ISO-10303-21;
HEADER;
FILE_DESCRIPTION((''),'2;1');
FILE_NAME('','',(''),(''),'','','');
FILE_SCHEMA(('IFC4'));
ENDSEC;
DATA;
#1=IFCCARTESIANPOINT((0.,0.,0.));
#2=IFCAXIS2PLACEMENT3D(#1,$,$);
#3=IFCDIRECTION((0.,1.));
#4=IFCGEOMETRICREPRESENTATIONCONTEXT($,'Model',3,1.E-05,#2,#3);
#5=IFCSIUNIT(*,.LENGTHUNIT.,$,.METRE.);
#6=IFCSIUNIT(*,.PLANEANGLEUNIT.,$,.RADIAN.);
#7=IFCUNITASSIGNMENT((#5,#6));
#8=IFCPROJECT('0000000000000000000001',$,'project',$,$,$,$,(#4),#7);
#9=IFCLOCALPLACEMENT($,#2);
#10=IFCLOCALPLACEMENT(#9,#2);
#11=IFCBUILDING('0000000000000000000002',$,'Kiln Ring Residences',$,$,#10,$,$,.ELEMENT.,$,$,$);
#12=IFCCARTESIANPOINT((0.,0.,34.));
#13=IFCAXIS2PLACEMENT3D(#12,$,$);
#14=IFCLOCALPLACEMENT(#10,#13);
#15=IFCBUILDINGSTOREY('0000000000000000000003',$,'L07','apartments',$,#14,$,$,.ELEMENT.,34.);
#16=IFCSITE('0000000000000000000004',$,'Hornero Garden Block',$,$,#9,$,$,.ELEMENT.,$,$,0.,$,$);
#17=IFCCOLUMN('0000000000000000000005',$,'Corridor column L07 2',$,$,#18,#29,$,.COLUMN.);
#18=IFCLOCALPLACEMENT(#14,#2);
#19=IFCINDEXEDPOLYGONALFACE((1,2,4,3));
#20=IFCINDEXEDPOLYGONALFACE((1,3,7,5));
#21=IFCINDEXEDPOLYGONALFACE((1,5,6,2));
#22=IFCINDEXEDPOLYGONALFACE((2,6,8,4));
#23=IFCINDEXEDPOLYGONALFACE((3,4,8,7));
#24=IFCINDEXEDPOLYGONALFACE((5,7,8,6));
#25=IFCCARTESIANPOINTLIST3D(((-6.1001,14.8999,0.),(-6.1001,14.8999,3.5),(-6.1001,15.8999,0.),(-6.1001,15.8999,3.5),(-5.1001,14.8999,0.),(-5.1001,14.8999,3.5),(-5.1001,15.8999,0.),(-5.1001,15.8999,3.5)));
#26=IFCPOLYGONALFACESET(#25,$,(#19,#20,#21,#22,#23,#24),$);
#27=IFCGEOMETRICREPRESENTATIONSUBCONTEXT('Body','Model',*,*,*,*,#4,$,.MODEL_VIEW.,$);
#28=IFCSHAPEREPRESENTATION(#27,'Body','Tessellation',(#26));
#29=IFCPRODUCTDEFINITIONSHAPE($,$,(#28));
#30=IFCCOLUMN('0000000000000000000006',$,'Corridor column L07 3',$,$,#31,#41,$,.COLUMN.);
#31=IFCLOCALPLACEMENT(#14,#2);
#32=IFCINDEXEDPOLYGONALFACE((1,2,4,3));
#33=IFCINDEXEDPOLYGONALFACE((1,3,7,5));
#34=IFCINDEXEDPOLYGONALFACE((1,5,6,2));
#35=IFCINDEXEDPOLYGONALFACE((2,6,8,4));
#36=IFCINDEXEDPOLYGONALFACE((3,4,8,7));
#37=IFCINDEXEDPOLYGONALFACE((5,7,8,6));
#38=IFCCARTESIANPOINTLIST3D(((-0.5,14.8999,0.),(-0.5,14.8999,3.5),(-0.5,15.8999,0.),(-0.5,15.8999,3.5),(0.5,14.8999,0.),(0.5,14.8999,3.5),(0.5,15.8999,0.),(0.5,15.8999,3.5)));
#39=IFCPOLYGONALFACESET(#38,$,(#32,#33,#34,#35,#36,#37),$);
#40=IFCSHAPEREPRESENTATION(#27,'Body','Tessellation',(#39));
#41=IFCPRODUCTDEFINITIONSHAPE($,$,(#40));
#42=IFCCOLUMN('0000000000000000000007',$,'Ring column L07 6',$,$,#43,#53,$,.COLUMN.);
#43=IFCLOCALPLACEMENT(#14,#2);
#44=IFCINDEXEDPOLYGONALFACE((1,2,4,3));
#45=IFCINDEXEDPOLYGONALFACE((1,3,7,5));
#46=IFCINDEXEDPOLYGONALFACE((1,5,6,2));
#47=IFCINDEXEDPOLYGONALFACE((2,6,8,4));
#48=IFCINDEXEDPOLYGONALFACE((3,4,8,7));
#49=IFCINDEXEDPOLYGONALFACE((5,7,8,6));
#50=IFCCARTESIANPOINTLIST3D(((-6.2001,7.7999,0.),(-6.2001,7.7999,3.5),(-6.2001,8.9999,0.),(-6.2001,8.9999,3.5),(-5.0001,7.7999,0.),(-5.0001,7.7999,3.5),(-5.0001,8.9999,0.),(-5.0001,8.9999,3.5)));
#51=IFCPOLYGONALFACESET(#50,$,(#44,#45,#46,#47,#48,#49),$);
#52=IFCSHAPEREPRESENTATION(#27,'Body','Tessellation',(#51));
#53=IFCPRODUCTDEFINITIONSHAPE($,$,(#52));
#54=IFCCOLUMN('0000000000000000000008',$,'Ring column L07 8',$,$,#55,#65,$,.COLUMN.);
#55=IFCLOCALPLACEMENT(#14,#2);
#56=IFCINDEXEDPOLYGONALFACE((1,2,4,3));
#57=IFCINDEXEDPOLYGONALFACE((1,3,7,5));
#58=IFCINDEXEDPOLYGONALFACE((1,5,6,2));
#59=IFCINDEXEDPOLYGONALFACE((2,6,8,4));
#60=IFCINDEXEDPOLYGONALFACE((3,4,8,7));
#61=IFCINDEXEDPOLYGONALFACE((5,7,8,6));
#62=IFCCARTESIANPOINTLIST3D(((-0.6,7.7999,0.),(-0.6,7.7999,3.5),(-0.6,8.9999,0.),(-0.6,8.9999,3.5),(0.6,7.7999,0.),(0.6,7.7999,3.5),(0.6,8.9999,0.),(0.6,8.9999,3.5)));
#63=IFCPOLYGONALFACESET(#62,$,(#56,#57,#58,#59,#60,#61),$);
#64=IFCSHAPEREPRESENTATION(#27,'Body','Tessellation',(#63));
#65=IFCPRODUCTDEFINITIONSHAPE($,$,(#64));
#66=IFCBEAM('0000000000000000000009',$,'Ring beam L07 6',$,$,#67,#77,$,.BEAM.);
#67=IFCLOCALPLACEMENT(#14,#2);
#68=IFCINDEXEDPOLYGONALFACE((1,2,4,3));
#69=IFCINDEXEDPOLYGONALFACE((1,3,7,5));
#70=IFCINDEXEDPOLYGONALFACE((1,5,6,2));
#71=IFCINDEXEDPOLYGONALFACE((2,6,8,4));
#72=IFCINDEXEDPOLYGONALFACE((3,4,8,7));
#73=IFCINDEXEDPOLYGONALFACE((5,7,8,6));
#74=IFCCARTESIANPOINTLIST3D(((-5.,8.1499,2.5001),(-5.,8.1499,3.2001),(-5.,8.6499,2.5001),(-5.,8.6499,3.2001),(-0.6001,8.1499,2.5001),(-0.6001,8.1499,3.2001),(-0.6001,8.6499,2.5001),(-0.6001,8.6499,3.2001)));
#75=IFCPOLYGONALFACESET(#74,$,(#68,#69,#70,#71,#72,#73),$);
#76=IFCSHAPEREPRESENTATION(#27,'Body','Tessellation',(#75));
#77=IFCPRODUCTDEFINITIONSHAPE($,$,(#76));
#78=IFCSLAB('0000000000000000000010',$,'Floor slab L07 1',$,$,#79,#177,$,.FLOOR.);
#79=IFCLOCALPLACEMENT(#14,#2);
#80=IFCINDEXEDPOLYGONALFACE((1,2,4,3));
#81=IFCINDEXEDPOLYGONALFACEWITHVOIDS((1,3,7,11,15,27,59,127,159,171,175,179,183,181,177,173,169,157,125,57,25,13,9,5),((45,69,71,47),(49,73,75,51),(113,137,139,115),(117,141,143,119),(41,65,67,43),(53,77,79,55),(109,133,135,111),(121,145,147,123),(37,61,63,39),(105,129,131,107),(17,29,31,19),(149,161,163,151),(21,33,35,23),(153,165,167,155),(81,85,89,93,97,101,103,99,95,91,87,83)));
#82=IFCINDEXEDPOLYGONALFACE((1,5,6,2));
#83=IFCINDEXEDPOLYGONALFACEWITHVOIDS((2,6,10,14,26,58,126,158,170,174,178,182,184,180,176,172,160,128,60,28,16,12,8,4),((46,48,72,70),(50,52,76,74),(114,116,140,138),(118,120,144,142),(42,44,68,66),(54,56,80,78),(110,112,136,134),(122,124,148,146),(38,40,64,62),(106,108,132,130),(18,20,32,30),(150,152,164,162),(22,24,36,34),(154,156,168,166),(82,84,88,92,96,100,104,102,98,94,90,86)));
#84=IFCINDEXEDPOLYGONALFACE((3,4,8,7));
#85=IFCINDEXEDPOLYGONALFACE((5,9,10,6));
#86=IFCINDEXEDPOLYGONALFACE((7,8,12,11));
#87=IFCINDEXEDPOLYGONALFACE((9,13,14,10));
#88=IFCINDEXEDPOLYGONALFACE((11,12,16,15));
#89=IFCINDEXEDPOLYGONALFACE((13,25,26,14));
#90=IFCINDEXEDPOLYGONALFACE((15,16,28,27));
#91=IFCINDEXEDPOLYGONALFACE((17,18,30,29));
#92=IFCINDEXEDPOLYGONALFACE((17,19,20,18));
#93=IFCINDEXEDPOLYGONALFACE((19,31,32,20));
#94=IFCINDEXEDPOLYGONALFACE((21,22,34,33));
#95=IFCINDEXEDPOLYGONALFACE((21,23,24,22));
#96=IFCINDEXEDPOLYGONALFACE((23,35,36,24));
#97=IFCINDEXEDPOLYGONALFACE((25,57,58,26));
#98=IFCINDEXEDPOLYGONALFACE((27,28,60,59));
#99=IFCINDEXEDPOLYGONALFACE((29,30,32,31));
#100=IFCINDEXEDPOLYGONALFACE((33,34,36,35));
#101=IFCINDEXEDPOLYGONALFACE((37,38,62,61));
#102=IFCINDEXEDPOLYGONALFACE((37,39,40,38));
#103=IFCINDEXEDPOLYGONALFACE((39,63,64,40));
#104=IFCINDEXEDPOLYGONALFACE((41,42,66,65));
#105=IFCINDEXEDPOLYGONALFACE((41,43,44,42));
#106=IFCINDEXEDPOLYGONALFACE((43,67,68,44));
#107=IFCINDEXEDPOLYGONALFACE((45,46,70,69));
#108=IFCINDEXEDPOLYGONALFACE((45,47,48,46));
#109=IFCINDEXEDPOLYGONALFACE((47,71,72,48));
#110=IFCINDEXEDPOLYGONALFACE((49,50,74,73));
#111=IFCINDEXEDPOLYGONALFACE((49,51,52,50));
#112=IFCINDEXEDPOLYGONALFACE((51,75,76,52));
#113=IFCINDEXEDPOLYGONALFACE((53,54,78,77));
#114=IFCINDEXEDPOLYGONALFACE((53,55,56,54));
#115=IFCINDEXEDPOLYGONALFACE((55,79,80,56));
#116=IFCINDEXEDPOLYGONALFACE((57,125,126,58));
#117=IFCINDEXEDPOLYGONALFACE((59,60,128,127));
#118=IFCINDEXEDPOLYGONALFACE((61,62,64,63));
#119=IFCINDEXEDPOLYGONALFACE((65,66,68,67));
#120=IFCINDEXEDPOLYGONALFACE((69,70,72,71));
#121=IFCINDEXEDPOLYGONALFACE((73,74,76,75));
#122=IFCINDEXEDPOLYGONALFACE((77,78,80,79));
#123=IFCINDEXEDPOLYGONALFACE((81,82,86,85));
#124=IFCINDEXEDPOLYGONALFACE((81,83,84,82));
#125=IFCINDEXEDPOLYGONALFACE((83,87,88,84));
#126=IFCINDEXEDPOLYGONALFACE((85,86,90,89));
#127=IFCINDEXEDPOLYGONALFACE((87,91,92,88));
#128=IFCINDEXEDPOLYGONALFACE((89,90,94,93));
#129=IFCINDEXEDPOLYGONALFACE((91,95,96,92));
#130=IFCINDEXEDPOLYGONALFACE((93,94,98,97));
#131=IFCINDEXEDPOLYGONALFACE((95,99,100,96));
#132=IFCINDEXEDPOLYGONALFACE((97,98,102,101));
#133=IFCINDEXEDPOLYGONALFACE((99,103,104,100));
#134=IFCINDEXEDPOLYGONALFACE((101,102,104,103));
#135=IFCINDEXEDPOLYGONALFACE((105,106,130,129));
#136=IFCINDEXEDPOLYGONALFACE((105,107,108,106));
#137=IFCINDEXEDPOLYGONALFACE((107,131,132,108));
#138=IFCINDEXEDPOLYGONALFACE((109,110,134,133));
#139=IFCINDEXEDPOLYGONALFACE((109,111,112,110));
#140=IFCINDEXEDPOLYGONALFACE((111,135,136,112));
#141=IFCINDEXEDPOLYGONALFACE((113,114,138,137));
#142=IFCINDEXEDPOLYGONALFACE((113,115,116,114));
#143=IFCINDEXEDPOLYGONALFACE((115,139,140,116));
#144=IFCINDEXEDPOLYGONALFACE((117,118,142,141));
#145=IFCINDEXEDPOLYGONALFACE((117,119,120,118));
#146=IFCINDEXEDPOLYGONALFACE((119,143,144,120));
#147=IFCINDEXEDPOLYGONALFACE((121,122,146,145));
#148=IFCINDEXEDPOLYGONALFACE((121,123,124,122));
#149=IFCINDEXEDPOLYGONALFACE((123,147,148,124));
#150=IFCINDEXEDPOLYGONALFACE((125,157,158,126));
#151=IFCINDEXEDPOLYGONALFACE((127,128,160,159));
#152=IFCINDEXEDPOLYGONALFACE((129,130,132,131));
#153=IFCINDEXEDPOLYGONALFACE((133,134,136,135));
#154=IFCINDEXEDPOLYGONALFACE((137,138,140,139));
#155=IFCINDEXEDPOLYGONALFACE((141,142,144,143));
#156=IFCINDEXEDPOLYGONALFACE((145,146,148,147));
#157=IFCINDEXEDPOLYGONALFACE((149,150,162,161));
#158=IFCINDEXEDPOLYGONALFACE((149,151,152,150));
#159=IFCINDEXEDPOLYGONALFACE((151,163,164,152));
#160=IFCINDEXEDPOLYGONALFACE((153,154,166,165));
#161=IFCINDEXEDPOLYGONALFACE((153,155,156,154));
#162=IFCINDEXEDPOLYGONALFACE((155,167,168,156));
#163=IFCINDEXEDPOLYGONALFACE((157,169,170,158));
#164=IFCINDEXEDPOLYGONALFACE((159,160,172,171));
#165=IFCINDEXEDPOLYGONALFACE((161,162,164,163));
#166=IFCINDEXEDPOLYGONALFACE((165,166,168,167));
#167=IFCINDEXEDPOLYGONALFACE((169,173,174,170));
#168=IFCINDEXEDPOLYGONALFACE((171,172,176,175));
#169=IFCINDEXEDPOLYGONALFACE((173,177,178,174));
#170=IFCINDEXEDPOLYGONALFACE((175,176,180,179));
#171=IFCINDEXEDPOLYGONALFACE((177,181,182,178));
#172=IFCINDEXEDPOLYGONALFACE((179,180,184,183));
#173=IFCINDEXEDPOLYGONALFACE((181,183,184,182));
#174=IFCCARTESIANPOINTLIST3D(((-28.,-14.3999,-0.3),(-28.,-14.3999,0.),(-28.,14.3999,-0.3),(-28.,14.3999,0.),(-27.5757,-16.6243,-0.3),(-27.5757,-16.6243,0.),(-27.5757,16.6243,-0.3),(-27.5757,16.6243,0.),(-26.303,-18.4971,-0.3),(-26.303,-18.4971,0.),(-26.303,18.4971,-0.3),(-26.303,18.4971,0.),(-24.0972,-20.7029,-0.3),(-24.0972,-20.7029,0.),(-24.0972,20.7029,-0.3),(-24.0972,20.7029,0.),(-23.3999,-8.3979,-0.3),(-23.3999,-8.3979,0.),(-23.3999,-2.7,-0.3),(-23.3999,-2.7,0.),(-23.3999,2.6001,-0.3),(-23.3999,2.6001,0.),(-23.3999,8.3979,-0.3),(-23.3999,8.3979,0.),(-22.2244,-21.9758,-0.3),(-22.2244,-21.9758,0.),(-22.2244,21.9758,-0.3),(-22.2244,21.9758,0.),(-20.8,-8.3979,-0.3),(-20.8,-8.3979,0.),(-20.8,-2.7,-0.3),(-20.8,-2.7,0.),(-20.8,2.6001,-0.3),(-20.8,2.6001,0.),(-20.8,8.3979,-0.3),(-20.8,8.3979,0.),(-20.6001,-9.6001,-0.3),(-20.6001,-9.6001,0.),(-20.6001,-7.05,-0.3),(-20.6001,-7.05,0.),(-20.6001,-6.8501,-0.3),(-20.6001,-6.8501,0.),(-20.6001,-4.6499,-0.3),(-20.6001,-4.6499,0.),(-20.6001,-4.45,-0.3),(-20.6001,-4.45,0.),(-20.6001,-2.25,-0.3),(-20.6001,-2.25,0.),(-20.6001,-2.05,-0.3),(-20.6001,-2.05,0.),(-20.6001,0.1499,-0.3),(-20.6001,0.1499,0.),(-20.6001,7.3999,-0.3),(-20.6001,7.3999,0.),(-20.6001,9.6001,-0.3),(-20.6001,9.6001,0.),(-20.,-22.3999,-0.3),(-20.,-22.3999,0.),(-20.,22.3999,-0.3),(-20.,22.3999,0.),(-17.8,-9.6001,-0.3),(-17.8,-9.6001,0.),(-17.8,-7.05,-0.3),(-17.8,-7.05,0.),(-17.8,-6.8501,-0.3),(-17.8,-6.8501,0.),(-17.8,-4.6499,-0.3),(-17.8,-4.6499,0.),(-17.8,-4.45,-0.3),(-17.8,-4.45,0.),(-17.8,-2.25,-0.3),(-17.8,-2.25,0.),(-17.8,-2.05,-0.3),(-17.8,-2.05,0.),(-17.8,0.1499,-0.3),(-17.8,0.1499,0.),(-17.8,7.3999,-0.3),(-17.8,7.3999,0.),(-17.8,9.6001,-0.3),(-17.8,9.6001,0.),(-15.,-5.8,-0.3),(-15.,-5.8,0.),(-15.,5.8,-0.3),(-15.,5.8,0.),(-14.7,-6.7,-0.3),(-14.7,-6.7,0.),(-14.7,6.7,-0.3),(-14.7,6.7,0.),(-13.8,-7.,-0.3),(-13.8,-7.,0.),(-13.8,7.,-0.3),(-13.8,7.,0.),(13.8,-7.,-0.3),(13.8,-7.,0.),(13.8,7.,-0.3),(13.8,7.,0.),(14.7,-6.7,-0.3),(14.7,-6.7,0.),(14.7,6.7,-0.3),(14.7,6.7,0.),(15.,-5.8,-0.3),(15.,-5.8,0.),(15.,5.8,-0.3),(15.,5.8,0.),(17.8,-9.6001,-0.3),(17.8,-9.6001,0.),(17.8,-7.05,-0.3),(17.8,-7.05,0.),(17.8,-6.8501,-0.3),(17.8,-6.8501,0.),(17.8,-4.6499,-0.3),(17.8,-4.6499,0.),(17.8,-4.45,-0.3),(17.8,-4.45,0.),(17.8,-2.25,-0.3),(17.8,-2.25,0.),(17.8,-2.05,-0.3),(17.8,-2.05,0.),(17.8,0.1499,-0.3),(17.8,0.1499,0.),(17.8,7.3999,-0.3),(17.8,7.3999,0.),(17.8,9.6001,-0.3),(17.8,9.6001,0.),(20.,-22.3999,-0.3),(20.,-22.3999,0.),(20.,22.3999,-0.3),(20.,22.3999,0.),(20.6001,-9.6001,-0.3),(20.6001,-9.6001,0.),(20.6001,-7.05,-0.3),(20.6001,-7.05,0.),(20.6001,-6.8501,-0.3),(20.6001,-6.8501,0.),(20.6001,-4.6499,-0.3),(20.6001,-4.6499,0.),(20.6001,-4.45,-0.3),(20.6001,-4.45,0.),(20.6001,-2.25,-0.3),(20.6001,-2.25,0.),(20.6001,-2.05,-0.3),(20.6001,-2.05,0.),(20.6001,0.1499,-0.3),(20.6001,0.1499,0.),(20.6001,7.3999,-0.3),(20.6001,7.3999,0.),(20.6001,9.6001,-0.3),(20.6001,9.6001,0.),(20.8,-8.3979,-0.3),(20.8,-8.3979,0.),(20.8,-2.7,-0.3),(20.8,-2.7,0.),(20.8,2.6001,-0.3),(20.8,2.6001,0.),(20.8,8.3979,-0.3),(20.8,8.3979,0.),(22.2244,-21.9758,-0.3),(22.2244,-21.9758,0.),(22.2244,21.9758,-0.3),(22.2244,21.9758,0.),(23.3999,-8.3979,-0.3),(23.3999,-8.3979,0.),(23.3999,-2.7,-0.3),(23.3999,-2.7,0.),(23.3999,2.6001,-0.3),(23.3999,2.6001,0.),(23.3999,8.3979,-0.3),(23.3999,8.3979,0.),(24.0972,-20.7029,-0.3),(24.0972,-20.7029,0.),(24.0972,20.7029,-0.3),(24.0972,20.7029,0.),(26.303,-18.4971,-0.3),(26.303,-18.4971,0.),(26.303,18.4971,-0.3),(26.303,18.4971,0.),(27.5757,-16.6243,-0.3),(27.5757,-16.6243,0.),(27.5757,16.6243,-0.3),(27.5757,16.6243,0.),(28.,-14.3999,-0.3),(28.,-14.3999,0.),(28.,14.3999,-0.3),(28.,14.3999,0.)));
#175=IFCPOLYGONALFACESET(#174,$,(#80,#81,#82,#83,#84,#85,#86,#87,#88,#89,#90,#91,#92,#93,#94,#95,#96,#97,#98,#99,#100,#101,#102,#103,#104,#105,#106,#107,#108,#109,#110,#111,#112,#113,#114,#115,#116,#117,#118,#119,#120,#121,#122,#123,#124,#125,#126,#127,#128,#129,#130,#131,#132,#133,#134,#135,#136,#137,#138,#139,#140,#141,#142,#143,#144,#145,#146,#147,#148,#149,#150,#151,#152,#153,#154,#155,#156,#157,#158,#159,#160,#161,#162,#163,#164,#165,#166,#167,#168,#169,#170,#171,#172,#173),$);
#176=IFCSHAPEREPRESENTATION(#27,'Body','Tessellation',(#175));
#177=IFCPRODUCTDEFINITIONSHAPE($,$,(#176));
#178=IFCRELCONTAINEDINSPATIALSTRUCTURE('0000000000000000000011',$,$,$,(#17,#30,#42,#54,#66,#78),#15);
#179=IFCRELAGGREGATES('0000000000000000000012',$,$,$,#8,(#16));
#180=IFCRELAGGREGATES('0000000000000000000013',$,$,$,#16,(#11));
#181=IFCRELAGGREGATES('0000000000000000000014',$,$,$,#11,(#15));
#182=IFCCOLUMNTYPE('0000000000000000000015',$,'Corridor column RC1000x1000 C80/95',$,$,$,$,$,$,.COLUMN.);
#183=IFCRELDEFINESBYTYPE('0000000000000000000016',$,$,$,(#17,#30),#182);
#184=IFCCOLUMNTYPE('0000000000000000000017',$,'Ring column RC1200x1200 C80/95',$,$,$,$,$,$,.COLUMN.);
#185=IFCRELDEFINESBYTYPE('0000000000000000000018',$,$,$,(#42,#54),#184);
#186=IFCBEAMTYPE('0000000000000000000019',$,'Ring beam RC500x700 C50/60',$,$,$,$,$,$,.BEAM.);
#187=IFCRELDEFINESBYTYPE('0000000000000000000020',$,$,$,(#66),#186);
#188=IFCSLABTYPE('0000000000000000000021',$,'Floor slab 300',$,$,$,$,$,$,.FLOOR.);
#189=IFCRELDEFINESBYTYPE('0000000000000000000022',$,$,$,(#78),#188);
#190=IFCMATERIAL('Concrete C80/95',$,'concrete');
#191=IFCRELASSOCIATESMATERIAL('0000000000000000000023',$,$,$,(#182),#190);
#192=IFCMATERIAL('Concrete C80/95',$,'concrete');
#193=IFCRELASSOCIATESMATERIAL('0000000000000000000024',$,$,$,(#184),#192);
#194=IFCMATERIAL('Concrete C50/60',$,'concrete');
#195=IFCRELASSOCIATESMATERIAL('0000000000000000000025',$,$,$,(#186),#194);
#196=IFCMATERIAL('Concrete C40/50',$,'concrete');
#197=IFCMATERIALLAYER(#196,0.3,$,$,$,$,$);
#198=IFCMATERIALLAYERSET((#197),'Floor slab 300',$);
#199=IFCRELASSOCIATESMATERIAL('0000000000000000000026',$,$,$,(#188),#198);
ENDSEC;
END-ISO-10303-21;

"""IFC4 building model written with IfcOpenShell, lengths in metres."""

from ifc_helpers import new_model, si_unit, direction, frame, origin, origin_2d, place, context, subcontext, project, spatial, polyline, rectangle, outline, extrude, material, layer, layer_set, material_profile, profile_set, type_object, element, save


model = new_model("IFC4")

# Units and contexts
model_context = context("Model", 3, precision=1e-05, world=origin(), true_north=direction((0.0, 1.0)))
body_context = subcontext(model_context, "Body", "Model", "MODEL_VIEW")
ifc_project = project(units=[si_unit("LENGTHUNIT", "METRE"), si_unit("PLANEANGLEUNIT", "RADIAN")], contexts=[model_context])

# Site, building, storey
site_placement = place(None, origin())
site = spatial("IfcSite", under=ifc_project, at=site_placement, Name="Hornero Garden Block", CompositionType="ELEMENT", RefElevation=0.0)
building_placement = place(site_placement, origin())
building = spatial("IfcBuilding", under=site, at=building_placement, Name="Kiln Ring Residences", CompositionType="ELEMENT")
storey_placement = place(building_placement, frame((0.0, 0.0, 34.0)))
storey = spatial("IfcBuildingStorey", under=building, at=storey_placement, Name="L07", Description="apartments", CompositionType="ELEMENT", Elevation=34.0)

# Columns
ifc_material_1 = material(Name="Concrete C80/95", Category="concrete")
ifc_material_profile_1 = material_profile(ifc_material_1, rectangle(XDim=1.0, YDim=1.0, at=origin_2d()), Name="RC1000x1000")
ifc_profile_set_1 = profile_set([ifc_material_profile_1], Name="Concrete C80/95")
column_type_1 = type_object("IfcColumnType", Name="Corridor column RC1000x1000 C80/95", PredefinedType="COLUMN", material=ifc_profile_set_1)
for number, where, z_axis, x_axis, name in (
    (1, (-5.6001, 15.3999, 0.0), (0.0, 0.0, 1.0), (1.0, 0.0, 0.0), "Corridor column L07 2"),
    (2, (0.0, 15.3999, 0.0), (0.0, 0.0, 1.0), (1.0, 0.0, 0.0), "Corridor column L07 3"),
):
    element("IfcColumn", number, at=place(storey_placement, frame(where, z_axis=z_axis, x_axis=x_axis)), inside=storey, type_object=column_type_1, Name=name, PredefinedType="COLUMN", context=body_context, shape_type="SweptSolid", body=[
        extrude(rectangle(XDim=1.0, YDim=1.0, at=origin_2d()), origin(), (0.0, 0.0, 1.0), 3.5),
    ])
ifc_material_2 = material(Name="Concrete C80/95", Category="concrete")
ifc_material_profile_2 = material_profile(ifc_material_2, rectangle(XDim=1.2, YDim=1.2, at=origin_2d()), Name="RC1200x1200")
ifc_profile_set_2 = profile_set([ifc_material_profile_2], Name="Concrete C80/95")
column_type_2 = type_object("IfcColumnType", Name="Ring column RC1200x1200 C80/95", PredefinedType="COLUMN", material=ifc_profile_set_2)
for number, where, z_axis, x_axis, name in (
    (3, (-5.6001, 8.3999, 0.0), (0.0, 0.0, 1.0), (1.0, 0.0, 0.0), "Ring column L07 6"),
    (4, (0.0, 8.3999, 0.0), (0.0, 0.0, 1.0), (1.0, 0.0, 0.0), "Ring column L07 8"),
):
    element("IfcColumn", number, at=place(storey_placement, frame(where, z_axis=z_axis, x_axis=x_axis)), inside=storey, type_object=column_type_2, Name=name, PredefinedType="COLUMN", context=body_context, shape_type="SweptSolid", body=[
        extrude(rectangle(XDim=1.2, YDim=1.2, at=origin_2d()), origin(), (0.0, 0.0, 1.0), 3.5),
    ])

# Beam
ifc_material_3 = material(Name="Concrete C50/60", Category="concrete")
ifc_material_profile_3 = material_profile(ifc_material_3, rectangle(XDim=0.5, YDim=0.7, at=origin_2d()), Name="RC500x700")
ifc_profile_set_3 = profile_set([ifc_material_profile_3], Name="Concrete C50/60")
beam_type = type_object("IfcBeamType", Name="Ring beam RC500x700 C50/60", PredefinedType="BEAM", material=ifc_profile_set_3)
beam_placement = place(storey_placement, frame((-5.0, 8.3999, 2.8501), z_axis=(1.0, 0.0, 0.0), x_axis=(0.0, 1.0, 0.0)))
element("IfcBeam", 5, at=beam_placement, inside=storey, type_object=beam_type, Name="Ring beam L07 6", PredefinedType="BEAM", context=body_context, shape_type="SweptSolid", body=[
    extrude(rectangle(XDim=0.5, YDim=0.7, at=origin_2d()), origin(), (0.0, 0.0, 1.0), 4.3999),
])

# Slab
ifc_material_4 = material(Name="Concrete C40/50", Category="concrete")
ifc_layer_1 = layer(ifc_material_4, 0.3)
ifc_layer_set_1 = layer_set([ifc_layer_1], Name="Floor slab 300")
slab_type = type_object("IfcSlabType", Name="Floor slab 300", PredefinedType="FLOOR", material=ifc_layer_set_1)
slab_placement = place(storey_placement, frame((0.0, 0.0, -0.3)))
element("IfcSlab", 6, at=slab_placement, inside=storey, type_object=slab_type, Name="Floor slab L07 1", PredefinedType="FLOOR", context=body_context, shape_type="SweptSolid", body=[
    extrude(outline(polyline([(-26.303, -18.4971), (-24.0972, -20.7029), (-22.2244, -21.9758), (-20.0, -22.3999), (20.0, -22.3999), (22.2244, -21.9758), (24.0972, -20.7029), (26.303, -18.4971), (27.5757, -16.6243), (28.0, -14.3999), (28.0, 14.3999), (27.5757, 16.6243), (26.303, 18.4971), (24.0972, 20.7029), (22.2244, 21.9758), (20.0, 22.3999), (-20.0, 22.3999), (-22.2244, 21.9758), (-24.0972, 20.7029), (-26.303, 18.4971), (-27.5757, 16.6243), (-28.0, 14.3999), (-28.0, -14.3999), (-27.5757, -16.6243), (-26.303, -18.4971)]), holes=[polyline([(-14.7, -6.7), (-15.0, -5.8), (-15.0, 5.8), (-14.7, 6.7), (-13.8, 7.0), (13.8, 7.0), (14.7, 6.7), (15.0, 5.8), (15.0, -5.8), (14.7, -6.7), (13.8, -7.0), (-13.8, -7.0), (-14.7, -6.7)]), polyline([(20.8, -8.3979), (20.8, -2.7), (23.3999, -2.7), (23.3999, -8.3979), (20.8, -8.3979)]), polyline([(20.8, 2.6001), (20.8, 8.3979), (23.3999, 8.3979), (23.3999, 2.6001), (20.8, 2.6001)]), polyline([(17.8, -6.8501), (17.8, -4.6499), (20.6001, -4.6499), (20.6001, -6.8501), (17.8, -6.8501)]), polyline([(17.8, -4.45), (17.8, -2.25), (20.6001, -2.25), (20.6001, -4.45), (17.8, -4.45)]), polyline([(17.8, -2.05), (17.8, 0.1499), (20.6001, 0.1499), (20.6001, -2.05), (17.8, -2.05)]), polyline([(17.8, 7.3999), (17.8, 9.6001), (20.6001, 9.6001), (20.6001, 7.3999), (17.8, 7.3999)]), polyline([(20.6001, -9.6001), (17.8, -9.6001), (17.8, -7.05), (20.6001, -7.05), (20.6001, -9.6001)]), polyline([(-17.8, -7.05), (-17.8, -9.6001), (-20.6001, -9.6001), (-20.6001, -7.05), (-17.8, -7.05)]), polyline([(-17.8, -6.8501), (-20.6001, -6.8501), (-20.6001, -4.6499), (-17.8, -4.6499), (-17.8, -6.8501)]), polyline([(-17.8, -4.45), (-20.6001, -4.45), (-20.6001, -2.25), (-17.8, -2.25), (-17.8, -4.45)]), polyline([(-17.8, -2.05), (-20.6001, -2.05), (-20.6001, 0.1499), (-17.8, 0.1499), (-17.8, -2.05)]), polyline([(-17.8, 7.3999), (-20.6001, 7.3999), (-20.6001, 9.6001), (-17.8, 9.6001), (-17.8, 7.3999)]), polyline([(-20.8, -8.3979), (-23.3999, -8.3979), (-23.3999, -2.7), (-20.8, -2.7), (-20.8, -8.3979)]), polyline([(-20.8, 2.6001), (-23.3999, 2.6001), (-23.3999, 8.3979), (-20.8, 8.3979), (-20.8, 2.6001)])]), origin(), (0.0, 0.0, 1.0), 0.3),
])

save(model, "model.ifc")
